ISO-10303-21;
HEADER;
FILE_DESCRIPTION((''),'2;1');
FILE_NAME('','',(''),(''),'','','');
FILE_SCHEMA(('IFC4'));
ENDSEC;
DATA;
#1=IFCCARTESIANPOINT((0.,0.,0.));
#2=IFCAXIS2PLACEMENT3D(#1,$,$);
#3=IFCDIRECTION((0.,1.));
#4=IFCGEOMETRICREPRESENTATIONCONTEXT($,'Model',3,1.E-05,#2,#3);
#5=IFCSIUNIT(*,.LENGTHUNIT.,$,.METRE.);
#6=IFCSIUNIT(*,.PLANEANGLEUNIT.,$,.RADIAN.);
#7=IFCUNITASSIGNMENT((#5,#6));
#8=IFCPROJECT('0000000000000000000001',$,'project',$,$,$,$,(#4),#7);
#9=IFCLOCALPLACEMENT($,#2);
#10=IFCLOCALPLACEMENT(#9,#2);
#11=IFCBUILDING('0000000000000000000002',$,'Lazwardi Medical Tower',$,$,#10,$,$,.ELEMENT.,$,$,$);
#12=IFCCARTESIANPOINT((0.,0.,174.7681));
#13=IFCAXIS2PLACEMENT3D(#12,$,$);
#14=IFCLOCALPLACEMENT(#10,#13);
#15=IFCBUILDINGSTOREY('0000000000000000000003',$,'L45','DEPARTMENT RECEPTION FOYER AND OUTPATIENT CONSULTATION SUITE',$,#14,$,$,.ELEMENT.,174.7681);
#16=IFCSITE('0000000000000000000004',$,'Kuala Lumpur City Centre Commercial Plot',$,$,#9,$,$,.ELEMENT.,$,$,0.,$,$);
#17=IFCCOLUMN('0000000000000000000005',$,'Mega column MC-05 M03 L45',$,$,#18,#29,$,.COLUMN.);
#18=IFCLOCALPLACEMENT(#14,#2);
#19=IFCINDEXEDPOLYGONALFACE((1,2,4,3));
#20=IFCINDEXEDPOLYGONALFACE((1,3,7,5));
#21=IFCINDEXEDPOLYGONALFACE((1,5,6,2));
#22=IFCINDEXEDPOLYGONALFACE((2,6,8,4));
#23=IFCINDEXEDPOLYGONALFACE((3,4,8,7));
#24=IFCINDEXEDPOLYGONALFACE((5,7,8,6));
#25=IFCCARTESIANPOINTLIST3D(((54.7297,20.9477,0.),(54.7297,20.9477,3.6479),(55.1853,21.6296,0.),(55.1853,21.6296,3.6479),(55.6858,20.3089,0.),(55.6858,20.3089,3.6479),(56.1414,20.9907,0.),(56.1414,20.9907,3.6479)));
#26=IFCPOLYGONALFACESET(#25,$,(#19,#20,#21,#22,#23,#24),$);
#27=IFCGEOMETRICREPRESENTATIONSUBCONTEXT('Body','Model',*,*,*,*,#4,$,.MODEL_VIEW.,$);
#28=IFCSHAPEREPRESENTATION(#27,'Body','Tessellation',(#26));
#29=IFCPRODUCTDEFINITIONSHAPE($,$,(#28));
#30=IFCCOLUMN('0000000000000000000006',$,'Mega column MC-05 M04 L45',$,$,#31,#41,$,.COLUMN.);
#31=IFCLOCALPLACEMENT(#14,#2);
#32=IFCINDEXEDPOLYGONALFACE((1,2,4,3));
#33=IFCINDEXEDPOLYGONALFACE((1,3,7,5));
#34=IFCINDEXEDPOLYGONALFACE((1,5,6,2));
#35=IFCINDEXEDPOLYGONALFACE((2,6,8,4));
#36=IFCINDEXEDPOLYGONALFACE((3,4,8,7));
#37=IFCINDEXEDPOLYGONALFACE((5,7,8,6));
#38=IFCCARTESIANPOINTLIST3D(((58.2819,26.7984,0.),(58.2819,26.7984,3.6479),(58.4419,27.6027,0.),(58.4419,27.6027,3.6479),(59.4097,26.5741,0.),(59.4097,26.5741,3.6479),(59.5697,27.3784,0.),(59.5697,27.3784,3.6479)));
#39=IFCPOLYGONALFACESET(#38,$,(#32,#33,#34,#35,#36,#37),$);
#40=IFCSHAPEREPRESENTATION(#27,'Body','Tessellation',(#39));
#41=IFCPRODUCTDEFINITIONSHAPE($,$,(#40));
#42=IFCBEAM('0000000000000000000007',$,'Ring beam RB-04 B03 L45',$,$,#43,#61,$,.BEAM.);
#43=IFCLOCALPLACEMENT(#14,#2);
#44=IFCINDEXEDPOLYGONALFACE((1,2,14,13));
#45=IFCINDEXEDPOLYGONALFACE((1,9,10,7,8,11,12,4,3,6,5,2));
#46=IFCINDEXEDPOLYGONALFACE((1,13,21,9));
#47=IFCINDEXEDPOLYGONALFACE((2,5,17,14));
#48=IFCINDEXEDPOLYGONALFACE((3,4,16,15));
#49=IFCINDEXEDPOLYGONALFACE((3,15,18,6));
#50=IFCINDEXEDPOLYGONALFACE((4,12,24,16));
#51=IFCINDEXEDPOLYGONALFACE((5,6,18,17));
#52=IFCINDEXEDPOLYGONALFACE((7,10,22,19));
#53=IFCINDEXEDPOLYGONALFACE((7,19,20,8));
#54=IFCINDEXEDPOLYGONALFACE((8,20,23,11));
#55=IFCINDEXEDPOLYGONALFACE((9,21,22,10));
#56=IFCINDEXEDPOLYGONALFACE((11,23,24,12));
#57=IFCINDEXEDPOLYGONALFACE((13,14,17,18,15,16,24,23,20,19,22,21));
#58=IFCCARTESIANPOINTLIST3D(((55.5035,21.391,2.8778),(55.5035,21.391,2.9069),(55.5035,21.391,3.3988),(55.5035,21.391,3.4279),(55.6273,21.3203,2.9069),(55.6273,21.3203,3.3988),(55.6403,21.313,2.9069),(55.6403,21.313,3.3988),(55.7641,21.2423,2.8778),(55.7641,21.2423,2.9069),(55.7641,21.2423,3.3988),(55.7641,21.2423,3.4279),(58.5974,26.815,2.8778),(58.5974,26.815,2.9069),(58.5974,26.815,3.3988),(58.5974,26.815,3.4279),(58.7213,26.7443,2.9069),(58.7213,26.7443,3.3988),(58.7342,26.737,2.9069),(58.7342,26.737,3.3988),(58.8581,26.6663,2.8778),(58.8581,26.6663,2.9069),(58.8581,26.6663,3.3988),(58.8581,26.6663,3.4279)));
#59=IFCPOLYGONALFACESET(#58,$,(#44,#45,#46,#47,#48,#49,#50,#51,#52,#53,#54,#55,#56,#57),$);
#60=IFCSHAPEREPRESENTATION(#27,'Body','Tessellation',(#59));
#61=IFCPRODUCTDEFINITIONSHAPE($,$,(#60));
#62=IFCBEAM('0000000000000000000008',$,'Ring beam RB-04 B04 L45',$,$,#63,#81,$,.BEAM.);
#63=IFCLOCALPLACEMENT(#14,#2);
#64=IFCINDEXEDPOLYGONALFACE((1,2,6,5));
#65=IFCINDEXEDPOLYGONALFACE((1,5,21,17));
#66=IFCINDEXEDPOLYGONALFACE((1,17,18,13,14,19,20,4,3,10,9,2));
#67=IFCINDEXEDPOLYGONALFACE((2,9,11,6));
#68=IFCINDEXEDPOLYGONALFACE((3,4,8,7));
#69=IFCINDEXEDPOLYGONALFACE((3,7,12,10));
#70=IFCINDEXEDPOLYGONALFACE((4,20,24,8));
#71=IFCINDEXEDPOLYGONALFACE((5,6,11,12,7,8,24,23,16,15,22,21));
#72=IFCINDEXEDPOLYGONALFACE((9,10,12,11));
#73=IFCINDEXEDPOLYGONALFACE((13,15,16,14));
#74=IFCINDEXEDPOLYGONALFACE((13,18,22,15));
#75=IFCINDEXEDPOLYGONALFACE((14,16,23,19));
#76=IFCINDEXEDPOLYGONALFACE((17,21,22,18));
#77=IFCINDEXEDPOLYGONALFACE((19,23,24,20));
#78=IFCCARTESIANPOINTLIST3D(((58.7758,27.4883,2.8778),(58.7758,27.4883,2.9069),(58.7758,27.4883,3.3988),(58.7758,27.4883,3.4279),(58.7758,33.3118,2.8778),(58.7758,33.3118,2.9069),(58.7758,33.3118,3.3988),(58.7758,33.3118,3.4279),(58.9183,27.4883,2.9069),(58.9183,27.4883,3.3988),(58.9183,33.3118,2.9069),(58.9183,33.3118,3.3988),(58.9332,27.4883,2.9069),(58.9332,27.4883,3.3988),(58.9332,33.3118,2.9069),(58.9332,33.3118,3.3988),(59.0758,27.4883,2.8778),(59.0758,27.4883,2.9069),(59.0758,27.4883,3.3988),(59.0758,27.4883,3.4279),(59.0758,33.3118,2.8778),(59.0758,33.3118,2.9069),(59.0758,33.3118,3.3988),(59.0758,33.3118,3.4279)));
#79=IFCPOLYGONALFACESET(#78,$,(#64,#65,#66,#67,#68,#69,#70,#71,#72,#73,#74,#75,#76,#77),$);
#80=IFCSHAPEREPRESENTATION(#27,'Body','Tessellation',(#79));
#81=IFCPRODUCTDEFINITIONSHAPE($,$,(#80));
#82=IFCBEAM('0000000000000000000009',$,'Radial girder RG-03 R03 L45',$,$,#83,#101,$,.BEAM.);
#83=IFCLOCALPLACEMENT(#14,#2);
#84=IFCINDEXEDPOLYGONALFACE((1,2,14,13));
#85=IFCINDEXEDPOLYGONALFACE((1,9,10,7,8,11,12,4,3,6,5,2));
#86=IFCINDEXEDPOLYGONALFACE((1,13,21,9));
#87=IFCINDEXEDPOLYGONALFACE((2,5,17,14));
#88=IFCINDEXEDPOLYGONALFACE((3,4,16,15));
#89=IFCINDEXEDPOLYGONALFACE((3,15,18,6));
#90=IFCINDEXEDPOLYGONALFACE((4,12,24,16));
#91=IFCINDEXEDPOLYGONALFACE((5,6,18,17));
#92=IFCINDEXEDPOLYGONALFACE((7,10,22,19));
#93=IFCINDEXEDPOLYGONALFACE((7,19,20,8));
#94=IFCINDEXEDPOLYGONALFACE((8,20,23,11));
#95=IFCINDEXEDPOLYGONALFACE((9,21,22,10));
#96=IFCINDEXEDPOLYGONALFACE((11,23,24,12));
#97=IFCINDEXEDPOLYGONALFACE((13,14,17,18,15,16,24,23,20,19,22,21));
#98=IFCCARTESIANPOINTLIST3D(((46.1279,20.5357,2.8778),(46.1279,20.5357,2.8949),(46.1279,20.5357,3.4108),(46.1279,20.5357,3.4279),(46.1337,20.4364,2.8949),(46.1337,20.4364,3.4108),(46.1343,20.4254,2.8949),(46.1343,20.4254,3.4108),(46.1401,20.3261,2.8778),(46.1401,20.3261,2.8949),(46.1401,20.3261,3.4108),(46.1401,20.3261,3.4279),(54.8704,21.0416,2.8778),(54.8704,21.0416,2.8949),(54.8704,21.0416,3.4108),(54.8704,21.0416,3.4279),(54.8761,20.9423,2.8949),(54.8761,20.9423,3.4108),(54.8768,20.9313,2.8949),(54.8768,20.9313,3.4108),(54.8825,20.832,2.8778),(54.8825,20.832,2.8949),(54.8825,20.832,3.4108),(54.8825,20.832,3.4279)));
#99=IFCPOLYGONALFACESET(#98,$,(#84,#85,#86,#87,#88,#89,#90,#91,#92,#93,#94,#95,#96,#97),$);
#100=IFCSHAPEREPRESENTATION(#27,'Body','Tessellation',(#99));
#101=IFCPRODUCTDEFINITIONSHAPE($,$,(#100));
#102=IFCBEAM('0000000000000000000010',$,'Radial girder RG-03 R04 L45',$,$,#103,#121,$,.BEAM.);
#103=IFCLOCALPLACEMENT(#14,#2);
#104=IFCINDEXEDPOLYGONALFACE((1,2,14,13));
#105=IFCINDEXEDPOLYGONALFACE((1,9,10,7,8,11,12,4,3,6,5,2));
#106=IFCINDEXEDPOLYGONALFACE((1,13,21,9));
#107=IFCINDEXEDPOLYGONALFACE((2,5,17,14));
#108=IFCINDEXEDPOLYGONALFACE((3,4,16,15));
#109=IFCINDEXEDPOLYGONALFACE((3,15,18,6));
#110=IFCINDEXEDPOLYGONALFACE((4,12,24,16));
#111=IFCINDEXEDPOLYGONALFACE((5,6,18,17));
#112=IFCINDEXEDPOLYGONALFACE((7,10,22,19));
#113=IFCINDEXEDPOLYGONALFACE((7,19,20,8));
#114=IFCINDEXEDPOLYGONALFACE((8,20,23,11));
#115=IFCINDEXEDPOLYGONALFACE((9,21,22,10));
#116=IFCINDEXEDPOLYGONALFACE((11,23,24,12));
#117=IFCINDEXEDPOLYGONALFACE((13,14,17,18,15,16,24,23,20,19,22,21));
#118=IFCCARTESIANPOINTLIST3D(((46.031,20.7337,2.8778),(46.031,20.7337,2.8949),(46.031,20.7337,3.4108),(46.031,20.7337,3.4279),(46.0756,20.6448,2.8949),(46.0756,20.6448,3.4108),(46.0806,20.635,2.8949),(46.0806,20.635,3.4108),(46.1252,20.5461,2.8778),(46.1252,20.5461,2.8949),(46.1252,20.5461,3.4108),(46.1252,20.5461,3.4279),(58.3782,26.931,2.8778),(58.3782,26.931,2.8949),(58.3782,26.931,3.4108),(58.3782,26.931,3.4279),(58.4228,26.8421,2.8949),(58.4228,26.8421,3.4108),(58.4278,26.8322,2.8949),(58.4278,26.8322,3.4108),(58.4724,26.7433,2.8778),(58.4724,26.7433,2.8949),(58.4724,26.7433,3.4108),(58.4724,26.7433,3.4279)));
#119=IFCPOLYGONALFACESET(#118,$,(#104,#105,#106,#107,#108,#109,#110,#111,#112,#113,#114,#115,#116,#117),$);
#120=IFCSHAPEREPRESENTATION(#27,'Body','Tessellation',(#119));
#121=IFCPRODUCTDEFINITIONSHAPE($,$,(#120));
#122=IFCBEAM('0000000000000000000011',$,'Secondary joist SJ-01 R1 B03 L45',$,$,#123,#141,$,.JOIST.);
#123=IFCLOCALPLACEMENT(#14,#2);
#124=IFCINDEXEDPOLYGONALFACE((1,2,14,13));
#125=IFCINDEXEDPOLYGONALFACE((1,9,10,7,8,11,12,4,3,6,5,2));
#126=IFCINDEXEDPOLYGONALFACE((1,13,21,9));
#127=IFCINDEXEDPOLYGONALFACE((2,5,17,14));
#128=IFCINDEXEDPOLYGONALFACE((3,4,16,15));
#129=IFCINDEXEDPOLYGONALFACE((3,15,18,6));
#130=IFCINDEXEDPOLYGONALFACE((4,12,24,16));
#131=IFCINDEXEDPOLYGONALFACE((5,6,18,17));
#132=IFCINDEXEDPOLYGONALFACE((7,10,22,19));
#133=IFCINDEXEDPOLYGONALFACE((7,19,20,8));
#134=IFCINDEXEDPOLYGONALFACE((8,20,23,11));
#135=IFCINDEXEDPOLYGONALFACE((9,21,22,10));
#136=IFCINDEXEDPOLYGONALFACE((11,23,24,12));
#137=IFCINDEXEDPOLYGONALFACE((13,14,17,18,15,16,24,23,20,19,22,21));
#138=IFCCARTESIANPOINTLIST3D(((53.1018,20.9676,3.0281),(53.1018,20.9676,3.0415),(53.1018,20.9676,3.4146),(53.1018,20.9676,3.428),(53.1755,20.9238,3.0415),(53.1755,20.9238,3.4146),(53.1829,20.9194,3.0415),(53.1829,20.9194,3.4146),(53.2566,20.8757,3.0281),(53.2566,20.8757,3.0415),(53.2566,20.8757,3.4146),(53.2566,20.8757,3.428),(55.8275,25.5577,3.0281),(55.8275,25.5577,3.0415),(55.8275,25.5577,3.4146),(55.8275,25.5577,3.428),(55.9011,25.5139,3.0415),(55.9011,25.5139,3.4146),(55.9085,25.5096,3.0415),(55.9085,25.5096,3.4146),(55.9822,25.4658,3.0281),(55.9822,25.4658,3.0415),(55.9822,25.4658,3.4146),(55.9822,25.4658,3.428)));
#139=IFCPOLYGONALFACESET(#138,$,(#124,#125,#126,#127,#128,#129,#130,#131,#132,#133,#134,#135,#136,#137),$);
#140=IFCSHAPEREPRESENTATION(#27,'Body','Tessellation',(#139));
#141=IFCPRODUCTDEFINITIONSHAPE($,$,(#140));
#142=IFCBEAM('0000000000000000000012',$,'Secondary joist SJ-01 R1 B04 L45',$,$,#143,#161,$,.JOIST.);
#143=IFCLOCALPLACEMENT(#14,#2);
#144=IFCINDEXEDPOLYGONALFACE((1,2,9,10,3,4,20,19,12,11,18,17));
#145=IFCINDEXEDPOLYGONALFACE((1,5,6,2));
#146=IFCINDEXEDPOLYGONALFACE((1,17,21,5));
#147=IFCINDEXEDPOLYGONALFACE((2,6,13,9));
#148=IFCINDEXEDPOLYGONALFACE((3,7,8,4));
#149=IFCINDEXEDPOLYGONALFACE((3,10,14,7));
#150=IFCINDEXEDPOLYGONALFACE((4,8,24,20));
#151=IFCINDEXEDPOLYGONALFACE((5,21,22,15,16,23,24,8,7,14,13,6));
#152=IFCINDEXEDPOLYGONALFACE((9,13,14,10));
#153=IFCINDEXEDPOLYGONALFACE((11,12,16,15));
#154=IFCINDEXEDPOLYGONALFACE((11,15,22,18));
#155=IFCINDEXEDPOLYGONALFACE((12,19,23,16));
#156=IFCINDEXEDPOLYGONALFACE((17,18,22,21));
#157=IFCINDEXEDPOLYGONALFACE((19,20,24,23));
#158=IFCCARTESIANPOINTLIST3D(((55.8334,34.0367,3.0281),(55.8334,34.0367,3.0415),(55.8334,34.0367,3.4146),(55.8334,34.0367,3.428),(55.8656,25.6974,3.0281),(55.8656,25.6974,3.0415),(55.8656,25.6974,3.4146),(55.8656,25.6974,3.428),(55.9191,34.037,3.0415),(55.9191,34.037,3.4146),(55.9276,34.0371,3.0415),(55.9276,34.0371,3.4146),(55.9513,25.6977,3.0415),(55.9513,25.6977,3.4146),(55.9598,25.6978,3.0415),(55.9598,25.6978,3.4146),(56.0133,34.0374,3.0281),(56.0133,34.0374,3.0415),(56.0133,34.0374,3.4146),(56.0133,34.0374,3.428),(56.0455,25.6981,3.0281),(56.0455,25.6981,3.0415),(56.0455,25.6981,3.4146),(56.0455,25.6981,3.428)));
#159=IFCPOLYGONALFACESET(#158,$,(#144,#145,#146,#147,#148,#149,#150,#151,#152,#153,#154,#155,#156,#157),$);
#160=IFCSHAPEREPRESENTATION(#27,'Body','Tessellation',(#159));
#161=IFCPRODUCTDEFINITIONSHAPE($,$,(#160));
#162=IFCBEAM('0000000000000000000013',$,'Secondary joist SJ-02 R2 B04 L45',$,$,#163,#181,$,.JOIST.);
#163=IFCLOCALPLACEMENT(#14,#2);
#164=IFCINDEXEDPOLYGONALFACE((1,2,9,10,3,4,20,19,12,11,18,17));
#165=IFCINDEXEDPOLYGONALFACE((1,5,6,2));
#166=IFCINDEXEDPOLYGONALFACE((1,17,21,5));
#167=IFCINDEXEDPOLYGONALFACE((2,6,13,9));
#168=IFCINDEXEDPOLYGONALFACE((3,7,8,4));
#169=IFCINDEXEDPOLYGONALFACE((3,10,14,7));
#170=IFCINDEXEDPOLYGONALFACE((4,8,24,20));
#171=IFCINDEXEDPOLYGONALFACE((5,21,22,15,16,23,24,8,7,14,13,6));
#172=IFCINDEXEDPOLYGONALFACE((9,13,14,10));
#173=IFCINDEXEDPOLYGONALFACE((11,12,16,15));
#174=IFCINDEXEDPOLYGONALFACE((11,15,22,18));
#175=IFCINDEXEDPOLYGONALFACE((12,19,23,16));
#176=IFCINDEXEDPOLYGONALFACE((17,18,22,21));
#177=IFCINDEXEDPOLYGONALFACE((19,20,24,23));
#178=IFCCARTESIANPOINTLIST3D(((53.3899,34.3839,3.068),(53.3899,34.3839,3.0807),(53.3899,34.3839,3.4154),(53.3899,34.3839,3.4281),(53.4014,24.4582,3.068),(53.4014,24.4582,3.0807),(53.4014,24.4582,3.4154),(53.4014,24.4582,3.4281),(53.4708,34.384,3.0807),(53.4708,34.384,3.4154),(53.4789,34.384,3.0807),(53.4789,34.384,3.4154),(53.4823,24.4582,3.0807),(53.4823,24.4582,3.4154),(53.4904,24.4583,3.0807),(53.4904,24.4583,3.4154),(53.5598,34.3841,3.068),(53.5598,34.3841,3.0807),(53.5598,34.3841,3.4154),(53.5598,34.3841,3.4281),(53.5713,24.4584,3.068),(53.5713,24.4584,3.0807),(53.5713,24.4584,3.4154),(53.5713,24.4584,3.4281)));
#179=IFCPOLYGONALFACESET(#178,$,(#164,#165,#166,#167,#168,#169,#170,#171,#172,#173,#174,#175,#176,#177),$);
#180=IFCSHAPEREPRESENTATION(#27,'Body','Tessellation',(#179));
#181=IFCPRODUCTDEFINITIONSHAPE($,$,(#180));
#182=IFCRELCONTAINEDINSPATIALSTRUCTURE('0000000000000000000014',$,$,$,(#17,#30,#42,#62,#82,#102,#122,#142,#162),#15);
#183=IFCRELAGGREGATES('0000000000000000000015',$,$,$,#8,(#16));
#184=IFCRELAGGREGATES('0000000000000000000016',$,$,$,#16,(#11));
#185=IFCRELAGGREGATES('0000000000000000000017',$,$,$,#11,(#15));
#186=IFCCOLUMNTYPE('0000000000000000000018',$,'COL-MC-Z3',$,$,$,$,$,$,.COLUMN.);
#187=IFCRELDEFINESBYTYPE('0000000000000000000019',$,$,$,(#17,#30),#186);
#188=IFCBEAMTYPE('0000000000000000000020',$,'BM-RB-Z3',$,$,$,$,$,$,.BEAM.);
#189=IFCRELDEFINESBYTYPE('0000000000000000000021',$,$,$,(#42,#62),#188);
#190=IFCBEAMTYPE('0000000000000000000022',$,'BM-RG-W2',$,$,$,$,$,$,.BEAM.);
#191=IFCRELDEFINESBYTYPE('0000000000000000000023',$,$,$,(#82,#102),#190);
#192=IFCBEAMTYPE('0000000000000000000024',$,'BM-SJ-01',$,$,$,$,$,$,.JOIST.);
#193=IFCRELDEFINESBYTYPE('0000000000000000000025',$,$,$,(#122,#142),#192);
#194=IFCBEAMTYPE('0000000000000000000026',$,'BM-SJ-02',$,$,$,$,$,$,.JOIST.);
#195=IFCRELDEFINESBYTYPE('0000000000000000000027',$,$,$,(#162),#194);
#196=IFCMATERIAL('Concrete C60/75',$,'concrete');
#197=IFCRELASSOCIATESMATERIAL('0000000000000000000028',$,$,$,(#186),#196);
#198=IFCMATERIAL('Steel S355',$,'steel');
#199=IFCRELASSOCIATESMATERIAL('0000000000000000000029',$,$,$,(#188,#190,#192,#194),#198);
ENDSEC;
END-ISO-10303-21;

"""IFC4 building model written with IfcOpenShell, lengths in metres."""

from ifc_helpers import new_model, si_unit, direction, frame, origin, origin_2d, place, context, subcontext, project, spatial, rectangle, i_section, extrude, material, material_profile, profile_set, type_object, element, save


model = new_model("IFC4")

# Units and contexts
model_context = context("Model", 3, precision=1e-05, world=origin(), true_north=direction((0.0, 1.0)))
body_context = subcontext(model_context, "Body", "Model", "MODEL_VIEW")
ifc_project = project(units=[si_unit("LENGTHUNIT", "METRE"), si_unit("PLANEANGLEUNIT", "RADIAN")], contexts=[model_context])

# Site, building, storey
site_placement = place(None, origin())
site = spatial("IfcSite", under=ifc_project, at=site_placement, Name="Kuala Lumpur City Centre Commercial Plot", CompositionType="ELEMENT", RefElevation=0.0)
building_placement = place(site_placement, origin())
building = spatial("IfcBuilding", under=site, at=building_placement, Name="Lazwardi Medical Tower", CompositionType="ELEMENT")
storey_placement = place(building_placement, frame((0.0, 0.0, 174.7681)))
storey = spatial("IfcBuildingStorey", under=building, at=storey_placement, Name="L45", Description="DEPARTMENT RECEPTION FOYER AND OUTPATIENT CONSULTATION SUITE", CompositionType="ELEMENT", Elevation=174.7681)

# Columns
ifc_material_1 = material(Name="Concrete C60/75", Category="concrete")
ifc_material_profile_1 = material_profile(ifc_material_1, rectangle(XDim=1.1499, YDim=0.8201, at=origin_2d()), Name="CFT-RECT 1150x820")
ifc_profile_set_1 = profile_set([ifc_material_profile_1], Name="Concrete C60/75")
column_type = type_object("IfcColumnType", Name="COL-MC-Z3", PredefinedType="COLUMN", material=ifc_profile_set_1)
for number, where, z_axis, x_axis, name in (
    (1, (55.4355, 20.9692, 0.0), (0.0, 0.0, 1.0), (0.83147, -0.55557, 0.0), "Mega column MC-05 M03 L45"),
    (2, (58.9258, 27.0884, 0.0), (0.0, 0.0, 1.0), (0.980785, -0.19509, 0.0), "Mega column MC-05 M04 L45"),
):
    element("IfcColumn", number, at=place(storey_placement, frame(where, z_axis=z_axis, x_axis=x_axis)), inside=storey, type_object=column_type, Name=name, PredefinedType="COLUMN", context=body_context, shape_type="SweptSolid", body=[
        extrude(rectangle(XDim=1.1499, YDim=0.8201, at=origin_2d()), origin(), (0.0, 0.0, 1.0), 3.6479),
    ])

# Beams
ifc_material_2 = material(Name="Steel S355", Category="steel")
ifc_material_profile_2 = material_profile(ifc_material_2, i_section(OverallWidth=0.3, OverallDepth=0.55, WebThickness=0.0149, FlangeThickness=0.0291, at=origin_2d()), Name="HEB 550")
ifc_profile_set_2 = profile_set([ifc_material_profile_2], Name="Steel S355")
beam_type_1 = type_object("IfcBeamType", Name="BM-RB-Z3", PredefinedType="BEAM", material=ifc_profile_set_2)
beam_1_placement = place(storey_placement, frame((55.6338, 21.3167, 3.1528), z_axis=(0.495478, 0.868621, 0.0), x_axis=(-0.868621, 0.495478, 0.0)))
element("IfcBeam", 3, at=beam_1_placement, inside=storey, type_object=beam_type_1, Name="Ring beam RB-04 B03 L45", PredefinedType="BEAM", context=body_context, shape_type="SweptSolid", body=[
    extrude(i_section(OverallWidth=0.3, OverallDepth=0.55, WebThickness=0.0149, FlangeThickness=0.0291, at=origin_2d()), origin(), (0.0, 0.0, 1.0), 6.2444),
])
beam_2_placement = place(storey_placement, frame((58.9258, 27.4883, 3.1528), z_axis=(0.0, 1.0, 0.0), x_axis=(-1.0, 0.0, 0.0)))
element("IfcBeam", 4, at=beam_2_placement, inside=storey, type_object=beam_type_1, Name="Ring beam RB-04 B04 L45", PredefinedType="BEAM", context=body_context, shape_type="SweptSolid", body=[
    extrude(i_section(OverallWidth=0.3, OverallDepth=0.55, WebThickness=0.0149, FlangeThickness=0.0291, at=origin_2d()), origin(), (0.0, 0.0, 1.0), 5.8235),
])
ifc_material_profile_3 = material_profile(ifc_material_2, i_section(OverallWidth=0.21, OverallDepth=0.55, WebThickness=0.011, FlangeThickness=0.0171, at=origin_2d()), Name="IPE 550")
ifc_profile_set_3 = profile_set([ifc_material_profile_3], Name="Steel S355")
beam_type_2 = type_object("IfcBeamType", Name="BM-RG-W2", PredefinedType="BEAM", material=ifc_profile_set_3)
beam_3_placement = place(storey_placement, frame((54.8765, 20.9368, 3.1528), z_axis=(-0.99833, -0.057766, 0.0), x_axis=(0.057766, -0.99833, 0.0)))
element("IfcBeam", 5, at=beam_3_placement, inside=storey, type_object=beam_type_2, Name="Radial girder RG-03 R03 L45", PredefinedType="BEAM", context=body_context, shape_type="SweptSolid", body=[
    extrude(i_section(OverallWidth=0.21, OverallDepth=0.55, WebThickness=0.011, FlangeThickness=0.0171, at=origin_2d()), origin(), (0.0, 0.0, 1.0), 8.7571),
])
beam_4_placement = place(storey_placement, frame((58.4253, 26.8372, 3.1528), z_axis=(-0.89374, -0.448584, 0.0), x_axis=(0.448584, -0.89374, 0.0)))
element("IfcBeam", 6, at=beam_4_placement, inside=storey, type_object=beam_type_2, Name="Radial girder RG-03 R04 L45", PredefinedType="BEAM", context=body_context, shape_type="SweptSolid", body=[
    extrude(i_section(OverallWidth=0.21, OverallDepth=0.55, WebThickness=0.011, FlangeThickness=0.0171, at=origin_2d()), origin(), (0.0, 0.0, 1.0), 13.8152),
])
ifc_material_profile_4 = material_profile(ifc_material_2, i_section(OverallWidth=0.1799, OverallDepth=0.3999, WebThickness=0.0085, FlangeThickness=0.0134, at=origin_2d()), Name="IPE 400")
ifc_profile_set_4 = profile_set([ifc_material_profile_4], Name="Steel S355")
beam_type_3 = type_object("IfcBeamType", Name="BM-SJ-01", PredefinedType="JOIST", material=ifc_profile_set_4)
beam_5_placement = place(storey_placement, frame((53.1792, 20.9216, 3.228), z_axis=(0.510569, 0.859837, 0.0), x_axis=(-0.859837, 0.510569, 0.0)))
element("IfcBeam", 7, at=beam_5_placement, inside=storey, type_object=beam_type_3, Name="Secondary joist SJ-01 R1 B03 L45", PredefinedType="JOIST", context=body_context, shape_type="SweptSolid", body=[
    extrude(i_section(OverallWidth=0.1799, OverallDepth=0.3999, WebThickness=0.0085, FlangeThickness=0.0134, at=origin_2d()), origin(), (0.0, 0.0, 1.0), 5.3384),
])
beam_6_placement = place(storey_placement, frame((55.9556, 25.6978, 3.228), z_axis=(-0.003864, 0.999993, 0.0), x_axis=(-0.999993, -0.003864, 0.0)))
element("IfcBeam", 8, at=beam_6_placement, inside=storey, type_object=beam_type_3, Name="Secondary joist SJ-01 R1 B04 L45", PredefinedType="JOIST", context=body_context, shape_type="SweptSolid", body=[
    extrude(i_section(OverallWidth=0.1799, OverallDepth=0.3999, WebThickness=0.0085, FlangeThickness=0.0134, at=origin_2d()), origin(), (0.0, 0.0, 1.0), 8.3394),
])
ifc_material_profile_5 = material_profile(ifc_material_2, i_section(OverallWidth=0.1699, OverallDepth=0.3601, WebThickness=0.0081, FlangeThickness=0.0127, at=origin_2d()), Name="IPE 360")
ifc_profile_set_5 = profile_set([ifc_material_profile_5], Name="Steel S355")
beam_type_4 = type_object("IfcBeamType", Name="BM-SJ-02", PredefinedType="JOIST", material=ifc_profile_set_5)
beam_7_placement = place(storey_placement, frame((53.4863, 24.4583, 3.248), z_axis=(-0.001156, 0.999999, 0.0), x_axis=(-0.999999, -0.001156, 0.0)))
element("IfcBeam", 9, at=beam_7_placement, inside=storey, type_object=beam_type_4, Name="Secondary joist SJ-02 R2 B04 L45", PredefinedType="JOIST", context=body_context, shape_type="SweptSolid", body=[
    extrude(i_section(OverallWidth=0.1699, OverallDepth=0.3601, WebThickness=0.0081, FlangeThickness=0.0127, at=origin_2d()), origin(), (0.0, 0.0, 1.0), 9.9258),
])

save(model, "model.ifc")
